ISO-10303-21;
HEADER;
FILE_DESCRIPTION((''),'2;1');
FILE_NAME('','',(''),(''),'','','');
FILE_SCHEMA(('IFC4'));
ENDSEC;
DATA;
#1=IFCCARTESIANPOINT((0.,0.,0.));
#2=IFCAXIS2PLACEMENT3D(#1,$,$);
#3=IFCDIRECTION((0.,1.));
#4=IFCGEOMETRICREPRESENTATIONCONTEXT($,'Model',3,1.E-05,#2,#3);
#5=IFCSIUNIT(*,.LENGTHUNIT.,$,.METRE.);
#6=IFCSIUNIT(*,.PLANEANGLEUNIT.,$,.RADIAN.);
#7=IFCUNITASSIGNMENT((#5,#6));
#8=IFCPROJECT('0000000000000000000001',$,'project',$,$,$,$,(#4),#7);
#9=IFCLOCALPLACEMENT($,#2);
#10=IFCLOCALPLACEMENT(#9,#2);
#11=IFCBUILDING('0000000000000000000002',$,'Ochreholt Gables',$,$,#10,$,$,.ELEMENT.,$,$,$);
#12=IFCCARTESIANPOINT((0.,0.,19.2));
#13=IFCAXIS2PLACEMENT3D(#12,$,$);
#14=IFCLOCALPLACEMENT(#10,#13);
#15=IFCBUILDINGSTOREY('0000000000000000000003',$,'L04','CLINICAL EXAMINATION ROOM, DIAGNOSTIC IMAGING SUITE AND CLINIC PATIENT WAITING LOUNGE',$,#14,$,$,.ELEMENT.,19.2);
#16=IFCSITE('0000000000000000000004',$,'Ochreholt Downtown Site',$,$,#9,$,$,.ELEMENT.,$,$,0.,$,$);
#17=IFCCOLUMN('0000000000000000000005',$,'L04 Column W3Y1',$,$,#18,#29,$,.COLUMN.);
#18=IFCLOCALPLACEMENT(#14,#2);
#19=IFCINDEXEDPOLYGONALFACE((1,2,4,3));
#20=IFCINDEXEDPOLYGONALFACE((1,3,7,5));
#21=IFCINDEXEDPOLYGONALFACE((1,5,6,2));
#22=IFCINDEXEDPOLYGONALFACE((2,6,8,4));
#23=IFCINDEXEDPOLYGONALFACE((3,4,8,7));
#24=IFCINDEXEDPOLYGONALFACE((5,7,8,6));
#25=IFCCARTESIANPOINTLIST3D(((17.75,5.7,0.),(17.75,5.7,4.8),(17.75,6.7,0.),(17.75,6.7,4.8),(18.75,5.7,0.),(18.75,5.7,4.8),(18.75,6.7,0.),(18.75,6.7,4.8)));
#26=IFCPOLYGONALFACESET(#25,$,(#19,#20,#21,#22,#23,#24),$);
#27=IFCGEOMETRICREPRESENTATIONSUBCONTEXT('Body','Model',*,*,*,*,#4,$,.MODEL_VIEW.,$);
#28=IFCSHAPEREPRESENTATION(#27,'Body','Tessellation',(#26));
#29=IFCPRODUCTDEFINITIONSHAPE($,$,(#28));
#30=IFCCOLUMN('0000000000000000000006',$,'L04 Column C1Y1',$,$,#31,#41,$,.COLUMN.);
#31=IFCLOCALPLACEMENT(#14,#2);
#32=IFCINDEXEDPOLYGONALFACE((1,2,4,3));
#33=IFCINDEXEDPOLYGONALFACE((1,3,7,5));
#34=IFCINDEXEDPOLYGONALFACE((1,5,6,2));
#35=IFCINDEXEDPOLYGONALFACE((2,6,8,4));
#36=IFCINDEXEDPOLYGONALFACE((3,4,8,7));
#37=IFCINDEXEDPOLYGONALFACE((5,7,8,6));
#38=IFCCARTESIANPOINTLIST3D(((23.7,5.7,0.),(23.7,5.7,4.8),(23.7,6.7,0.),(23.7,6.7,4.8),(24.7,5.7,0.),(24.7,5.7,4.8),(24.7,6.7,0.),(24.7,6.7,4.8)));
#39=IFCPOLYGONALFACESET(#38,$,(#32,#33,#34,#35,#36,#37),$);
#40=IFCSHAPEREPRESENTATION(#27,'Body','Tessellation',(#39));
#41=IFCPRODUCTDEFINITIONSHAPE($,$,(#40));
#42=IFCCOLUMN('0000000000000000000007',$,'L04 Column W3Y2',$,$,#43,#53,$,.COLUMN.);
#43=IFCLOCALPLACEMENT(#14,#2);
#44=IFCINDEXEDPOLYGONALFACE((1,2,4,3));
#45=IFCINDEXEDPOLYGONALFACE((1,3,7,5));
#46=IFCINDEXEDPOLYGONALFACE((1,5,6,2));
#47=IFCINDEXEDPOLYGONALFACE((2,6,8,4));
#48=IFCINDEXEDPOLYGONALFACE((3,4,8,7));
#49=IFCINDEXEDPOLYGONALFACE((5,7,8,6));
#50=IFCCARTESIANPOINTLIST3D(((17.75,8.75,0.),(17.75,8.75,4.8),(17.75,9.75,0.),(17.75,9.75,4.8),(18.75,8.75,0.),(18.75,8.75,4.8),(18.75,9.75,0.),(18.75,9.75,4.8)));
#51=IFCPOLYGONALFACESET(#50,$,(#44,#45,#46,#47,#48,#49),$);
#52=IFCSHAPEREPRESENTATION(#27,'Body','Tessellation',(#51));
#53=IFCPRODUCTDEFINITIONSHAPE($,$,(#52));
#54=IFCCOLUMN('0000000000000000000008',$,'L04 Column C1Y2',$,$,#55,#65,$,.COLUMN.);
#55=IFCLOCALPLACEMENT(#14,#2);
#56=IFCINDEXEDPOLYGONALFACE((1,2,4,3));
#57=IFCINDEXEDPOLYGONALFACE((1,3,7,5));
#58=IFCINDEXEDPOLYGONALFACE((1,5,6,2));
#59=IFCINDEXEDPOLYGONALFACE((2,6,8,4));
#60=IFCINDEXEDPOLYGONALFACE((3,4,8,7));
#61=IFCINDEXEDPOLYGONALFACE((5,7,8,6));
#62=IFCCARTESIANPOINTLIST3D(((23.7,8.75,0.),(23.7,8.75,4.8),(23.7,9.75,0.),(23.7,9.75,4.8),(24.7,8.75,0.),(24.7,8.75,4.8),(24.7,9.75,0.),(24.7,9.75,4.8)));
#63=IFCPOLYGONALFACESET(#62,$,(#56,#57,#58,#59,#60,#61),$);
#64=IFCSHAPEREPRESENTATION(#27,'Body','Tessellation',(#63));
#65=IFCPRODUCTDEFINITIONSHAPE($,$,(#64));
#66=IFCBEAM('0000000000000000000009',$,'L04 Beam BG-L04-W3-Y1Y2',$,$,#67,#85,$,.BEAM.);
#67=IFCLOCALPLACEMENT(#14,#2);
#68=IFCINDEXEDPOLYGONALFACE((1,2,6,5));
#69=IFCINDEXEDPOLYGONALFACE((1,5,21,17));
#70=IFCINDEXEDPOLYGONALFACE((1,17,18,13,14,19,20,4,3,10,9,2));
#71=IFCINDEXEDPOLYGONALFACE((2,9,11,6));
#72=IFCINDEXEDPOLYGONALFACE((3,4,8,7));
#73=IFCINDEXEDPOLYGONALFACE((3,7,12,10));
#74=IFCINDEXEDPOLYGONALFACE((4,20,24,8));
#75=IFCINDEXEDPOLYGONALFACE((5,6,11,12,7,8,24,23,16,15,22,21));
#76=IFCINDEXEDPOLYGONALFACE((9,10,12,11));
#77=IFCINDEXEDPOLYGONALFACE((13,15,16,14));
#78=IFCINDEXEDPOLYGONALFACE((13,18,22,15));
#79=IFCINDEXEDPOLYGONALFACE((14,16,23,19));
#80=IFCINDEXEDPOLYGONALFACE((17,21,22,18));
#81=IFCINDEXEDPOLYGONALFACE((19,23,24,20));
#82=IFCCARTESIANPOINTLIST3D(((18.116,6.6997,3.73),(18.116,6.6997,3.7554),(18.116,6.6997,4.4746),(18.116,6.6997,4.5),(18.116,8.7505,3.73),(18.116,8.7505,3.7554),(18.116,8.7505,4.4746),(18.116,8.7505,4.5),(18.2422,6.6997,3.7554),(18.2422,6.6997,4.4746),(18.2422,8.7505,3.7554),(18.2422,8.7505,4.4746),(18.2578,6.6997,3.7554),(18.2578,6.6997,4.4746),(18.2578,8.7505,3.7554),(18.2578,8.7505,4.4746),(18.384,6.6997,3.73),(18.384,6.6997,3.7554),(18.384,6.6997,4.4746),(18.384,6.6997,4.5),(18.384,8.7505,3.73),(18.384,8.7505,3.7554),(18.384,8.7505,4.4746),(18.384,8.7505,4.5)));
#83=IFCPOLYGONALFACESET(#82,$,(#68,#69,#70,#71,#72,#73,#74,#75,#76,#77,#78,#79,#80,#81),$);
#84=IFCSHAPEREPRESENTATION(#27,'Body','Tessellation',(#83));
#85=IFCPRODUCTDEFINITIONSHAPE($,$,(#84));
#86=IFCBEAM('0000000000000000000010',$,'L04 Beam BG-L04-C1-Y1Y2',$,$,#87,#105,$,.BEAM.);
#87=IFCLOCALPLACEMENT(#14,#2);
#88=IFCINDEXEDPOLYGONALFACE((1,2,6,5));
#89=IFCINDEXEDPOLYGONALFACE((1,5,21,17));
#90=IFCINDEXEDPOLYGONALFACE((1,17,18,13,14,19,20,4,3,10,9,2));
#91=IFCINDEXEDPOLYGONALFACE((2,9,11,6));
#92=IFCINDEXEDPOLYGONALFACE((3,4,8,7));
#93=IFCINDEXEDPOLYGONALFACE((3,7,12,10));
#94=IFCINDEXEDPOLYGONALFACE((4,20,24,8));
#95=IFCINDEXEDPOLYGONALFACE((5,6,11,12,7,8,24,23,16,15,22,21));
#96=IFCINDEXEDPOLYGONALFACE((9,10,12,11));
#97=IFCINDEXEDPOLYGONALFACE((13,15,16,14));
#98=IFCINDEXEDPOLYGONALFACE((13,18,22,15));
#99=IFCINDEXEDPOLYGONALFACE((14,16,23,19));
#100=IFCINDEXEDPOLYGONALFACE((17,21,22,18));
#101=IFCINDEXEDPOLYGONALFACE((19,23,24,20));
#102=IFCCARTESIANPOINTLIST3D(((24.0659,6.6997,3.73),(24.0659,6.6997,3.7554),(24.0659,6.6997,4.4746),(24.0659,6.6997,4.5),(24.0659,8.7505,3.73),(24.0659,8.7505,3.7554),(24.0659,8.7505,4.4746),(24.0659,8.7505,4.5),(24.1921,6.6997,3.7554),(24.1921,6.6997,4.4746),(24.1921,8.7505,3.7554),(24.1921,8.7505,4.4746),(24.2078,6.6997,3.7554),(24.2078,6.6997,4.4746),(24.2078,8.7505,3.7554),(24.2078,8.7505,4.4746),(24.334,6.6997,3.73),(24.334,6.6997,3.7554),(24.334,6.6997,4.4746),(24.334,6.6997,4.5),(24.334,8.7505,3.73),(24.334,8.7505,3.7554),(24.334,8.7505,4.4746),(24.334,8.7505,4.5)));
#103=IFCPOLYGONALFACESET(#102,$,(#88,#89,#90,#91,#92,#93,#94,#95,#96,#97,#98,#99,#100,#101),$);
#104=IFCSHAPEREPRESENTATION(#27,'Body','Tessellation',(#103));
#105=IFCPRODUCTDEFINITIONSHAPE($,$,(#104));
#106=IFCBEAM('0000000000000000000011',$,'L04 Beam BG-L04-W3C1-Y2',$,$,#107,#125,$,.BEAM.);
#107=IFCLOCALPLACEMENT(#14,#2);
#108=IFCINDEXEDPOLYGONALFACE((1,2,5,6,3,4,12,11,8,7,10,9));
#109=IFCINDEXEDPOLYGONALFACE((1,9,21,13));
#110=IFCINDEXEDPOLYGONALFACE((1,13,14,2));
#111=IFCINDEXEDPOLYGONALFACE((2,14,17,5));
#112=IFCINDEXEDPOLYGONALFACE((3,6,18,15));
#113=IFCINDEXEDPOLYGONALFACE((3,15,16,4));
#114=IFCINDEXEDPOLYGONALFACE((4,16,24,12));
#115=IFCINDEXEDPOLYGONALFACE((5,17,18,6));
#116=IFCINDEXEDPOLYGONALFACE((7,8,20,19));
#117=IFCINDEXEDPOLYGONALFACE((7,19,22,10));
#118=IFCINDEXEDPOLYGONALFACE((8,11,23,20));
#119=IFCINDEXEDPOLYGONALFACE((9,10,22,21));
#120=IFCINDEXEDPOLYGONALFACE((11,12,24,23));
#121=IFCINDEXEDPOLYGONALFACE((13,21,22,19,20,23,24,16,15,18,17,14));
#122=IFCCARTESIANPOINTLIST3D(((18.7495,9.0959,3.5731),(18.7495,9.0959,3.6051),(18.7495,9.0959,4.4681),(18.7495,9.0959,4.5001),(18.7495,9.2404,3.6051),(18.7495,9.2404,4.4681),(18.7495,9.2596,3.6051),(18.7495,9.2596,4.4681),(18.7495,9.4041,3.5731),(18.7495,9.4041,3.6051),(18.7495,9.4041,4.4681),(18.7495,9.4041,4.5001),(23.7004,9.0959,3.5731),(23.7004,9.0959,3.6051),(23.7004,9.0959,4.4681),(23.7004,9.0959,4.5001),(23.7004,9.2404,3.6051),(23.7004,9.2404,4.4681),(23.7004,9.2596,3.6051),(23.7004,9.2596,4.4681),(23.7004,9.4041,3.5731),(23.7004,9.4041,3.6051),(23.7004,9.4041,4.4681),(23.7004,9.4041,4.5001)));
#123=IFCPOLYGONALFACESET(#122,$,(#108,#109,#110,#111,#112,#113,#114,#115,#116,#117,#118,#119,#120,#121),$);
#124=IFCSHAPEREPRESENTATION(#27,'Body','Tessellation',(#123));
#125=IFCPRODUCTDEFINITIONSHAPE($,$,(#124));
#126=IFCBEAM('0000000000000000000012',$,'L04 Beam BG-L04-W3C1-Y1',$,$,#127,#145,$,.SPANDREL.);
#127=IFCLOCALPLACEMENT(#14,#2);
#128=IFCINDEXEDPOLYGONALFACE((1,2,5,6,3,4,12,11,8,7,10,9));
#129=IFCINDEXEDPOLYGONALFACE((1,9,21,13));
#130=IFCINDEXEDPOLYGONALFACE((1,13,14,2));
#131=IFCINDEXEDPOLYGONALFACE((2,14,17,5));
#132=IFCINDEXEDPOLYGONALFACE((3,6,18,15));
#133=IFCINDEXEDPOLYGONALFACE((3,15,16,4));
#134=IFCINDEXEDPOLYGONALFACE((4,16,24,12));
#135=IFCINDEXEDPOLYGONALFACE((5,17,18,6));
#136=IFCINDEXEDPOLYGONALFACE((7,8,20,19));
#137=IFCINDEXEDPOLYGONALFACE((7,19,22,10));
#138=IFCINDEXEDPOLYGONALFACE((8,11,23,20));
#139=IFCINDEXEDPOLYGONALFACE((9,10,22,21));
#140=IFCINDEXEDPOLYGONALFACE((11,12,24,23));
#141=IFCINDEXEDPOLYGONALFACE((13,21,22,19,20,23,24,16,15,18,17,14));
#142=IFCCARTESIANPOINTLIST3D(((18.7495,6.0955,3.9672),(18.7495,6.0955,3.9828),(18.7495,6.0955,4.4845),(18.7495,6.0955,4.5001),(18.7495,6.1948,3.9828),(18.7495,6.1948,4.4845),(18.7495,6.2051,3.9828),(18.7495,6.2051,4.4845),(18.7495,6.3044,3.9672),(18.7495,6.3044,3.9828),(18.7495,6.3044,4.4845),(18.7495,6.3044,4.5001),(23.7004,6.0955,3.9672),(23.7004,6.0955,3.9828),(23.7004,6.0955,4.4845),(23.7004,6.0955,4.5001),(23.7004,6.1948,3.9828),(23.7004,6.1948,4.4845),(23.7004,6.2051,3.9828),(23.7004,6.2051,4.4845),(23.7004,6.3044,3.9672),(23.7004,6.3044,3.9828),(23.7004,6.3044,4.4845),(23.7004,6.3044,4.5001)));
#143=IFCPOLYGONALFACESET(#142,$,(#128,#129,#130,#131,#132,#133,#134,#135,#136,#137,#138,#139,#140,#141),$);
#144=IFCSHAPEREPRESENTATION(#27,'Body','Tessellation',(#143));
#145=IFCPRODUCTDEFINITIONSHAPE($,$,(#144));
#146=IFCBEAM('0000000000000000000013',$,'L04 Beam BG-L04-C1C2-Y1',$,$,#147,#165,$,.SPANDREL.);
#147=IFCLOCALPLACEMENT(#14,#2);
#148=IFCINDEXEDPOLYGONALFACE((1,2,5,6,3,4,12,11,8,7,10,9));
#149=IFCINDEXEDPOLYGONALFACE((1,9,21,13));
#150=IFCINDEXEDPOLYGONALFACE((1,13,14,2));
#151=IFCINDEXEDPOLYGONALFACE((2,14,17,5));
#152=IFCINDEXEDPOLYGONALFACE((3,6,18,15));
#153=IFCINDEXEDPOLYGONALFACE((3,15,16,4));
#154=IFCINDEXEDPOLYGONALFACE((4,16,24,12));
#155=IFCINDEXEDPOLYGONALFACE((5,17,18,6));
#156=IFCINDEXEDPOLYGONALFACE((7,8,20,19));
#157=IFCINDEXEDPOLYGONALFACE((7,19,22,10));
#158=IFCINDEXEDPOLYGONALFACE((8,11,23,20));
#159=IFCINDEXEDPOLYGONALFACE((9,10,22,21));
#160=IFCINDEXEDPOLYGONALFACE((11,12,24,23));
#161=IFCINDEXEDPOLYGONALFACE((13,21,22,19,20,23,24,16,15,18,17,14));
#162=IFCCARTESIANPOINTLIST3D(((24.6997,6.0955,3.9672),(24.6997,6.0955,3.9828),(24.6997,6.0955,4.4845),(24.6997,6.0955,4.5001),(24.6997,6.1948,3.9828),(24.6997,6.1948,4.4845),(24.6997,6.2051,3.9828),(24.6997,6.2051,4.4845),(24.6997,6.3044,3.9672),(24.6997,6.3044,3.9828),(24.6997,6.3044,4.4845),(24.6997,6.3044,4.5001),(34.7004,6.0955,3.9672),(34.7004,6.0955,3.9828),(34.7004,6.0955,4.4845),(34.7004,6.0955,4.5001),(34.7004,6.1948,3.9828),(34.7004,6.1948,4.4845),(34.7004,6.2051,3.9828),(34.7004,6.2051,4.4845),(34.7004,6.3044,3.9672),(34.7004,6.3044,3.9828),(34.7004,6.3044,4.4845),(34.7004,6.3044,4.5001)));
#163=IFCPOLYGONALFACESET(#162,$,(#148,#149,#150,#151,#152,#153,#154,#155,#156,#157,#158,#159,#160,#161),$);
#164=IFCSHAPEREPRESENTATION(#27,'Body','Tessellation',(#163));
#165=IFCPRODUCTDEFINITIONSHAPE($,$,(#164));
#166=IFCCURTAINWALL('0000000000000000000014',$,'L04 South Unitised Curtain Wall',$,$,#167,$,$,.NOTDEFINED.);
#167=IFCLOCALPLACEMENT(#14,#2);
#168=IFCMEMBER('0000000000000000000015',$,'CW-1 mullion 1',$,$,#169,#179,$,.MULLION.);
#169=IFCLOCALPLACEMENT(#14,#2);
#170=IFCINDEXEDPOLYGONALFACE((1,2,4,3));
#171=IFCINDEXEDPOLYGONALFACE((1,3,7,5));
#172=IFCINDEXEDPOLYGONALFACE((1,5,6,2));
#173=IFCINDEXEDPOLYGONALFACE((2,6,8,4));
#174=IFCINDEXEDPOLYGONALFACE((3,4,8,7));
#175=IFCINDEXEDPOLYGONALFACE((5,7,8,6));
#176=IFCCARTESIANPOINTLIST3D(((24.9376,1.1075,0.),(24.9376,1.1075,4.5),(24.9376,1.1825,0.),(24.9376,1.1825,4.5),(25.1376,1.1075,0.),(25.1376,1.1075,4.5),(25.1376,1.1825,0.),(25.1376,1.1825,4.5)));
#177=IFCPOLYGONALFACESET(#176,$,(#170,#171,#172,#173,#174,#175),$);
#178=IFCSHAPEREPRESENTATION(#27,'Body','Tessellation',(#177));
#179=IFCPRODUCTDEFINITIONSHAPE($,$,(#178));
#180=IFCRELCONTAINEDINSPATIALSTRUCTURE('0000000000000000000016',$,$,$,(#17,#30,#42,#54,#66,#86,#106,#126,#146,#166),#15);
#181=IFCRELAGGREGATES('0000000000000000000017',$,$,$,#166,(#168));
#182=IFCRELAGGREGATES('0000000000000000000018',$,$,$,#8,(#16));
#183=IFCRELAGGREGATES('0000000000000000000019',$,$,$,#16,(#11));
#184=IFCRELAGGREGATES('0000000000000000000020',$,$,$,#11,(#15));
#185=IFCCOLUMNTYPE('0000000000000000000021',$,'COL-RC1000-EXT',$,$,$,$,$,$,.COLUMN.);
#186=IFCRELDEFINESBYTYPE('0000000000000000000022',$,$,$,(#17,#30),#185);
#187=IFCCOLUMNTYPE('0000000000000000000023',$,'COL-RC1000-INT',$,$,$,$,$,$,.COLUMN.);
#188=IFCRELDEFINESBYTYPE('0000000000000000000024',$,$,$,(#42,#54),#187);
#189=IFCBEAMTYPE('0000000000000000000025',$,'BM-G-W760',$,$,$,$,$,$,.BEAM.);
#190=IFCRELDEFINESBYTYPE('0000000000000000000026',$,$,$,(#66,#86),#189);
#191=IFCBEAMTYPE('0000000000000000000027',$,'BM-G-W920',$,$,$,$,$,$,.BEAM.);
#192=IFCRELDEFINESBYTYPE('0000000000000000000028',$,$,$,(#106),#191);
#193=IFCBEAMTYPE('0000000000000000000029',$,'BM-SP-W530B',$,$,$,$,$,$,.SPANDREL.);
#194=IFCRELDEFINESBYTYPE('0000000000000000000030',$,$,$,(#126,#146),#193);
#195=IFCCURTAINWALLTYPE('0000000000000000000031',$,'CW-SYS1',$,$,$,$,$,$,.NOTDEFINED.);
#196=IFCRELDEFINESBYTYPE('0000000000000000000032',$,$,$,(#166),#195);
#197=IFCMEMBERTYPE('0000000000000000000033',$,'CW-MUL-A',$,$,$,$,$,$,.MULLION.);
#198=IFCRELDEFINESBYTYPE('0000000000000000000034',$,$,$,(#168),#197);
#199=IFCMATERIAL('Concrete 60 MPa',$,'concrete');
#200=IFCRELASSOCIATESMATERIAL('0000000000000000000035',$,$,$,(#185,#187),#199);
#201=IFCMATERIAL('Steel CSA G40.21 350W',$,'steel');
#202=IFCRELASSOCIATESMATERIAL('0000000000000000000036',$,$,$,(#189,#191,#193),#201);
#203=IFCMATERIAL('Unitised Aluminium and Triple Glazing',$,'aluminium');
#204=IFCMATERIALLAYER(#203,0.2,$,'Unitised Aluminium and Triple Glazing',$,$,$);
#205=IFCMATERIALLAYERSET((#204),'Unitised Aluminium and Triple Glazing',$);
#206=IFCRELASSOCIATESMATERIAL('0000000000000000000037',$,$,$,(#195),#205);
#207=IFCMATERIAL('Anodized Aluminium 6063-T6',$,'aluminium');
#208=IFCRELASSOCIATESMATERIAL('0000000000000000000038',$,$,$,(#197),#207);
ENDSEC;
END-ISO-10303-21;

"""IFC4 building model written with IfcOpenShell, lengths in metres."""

from ifc_helpers import new_model, si_unit, direction, frame, origin, origin_2d, place, context, subcontext, project, spatial, rectangle, i_section, extrude, material, layer, layer_set, material_profile, profile_set, type_object, element, aggregate, save


model = new_model("IFC4")

# Units and contexts
model_context = context("Model", 3, precision=1e-05, world=origin(), true_north=direction((0.0, 1.0)))
body_context = subcontext(model_context, "Body", "Model", "MODEL_VIEW")
ifc_project = project(units=[si_unit("LENGTHUNIT", "METRE"), si_unit("PLANEANGLEUNIT", "RADIAN")], contexts=[model_context])

# Site, building, storey
site_placement = place(None, origin())
site = spatial("IfcSite", under=ifc_project, at=site_placement, Name="Ochreholt Downtown Site", CompositionType="ELEMENT", RefElevation=0.0)
building_placement = place(site_placement, origin())
building = spatial("IfcBuilding", under=site, at=building_placement, Name="Ochreholt Gables", CompositionType="ELEMENT")
storey_placement = place(building_placement, frame((0.0, 0.0, 19.2)))
storey = spatial("IfcBuildingStorey", under=building, at=storey_placement, Name="L04", Description="CLINICAL EXAMINATION ROOM, DIAGNOSTIC IMAGING SUITE AND CLINIC PATIENT WAITING LOUNGE", CompositionType="ELEMENT", Elevation=19.2)

# Columns
ifc_material_1 = material(Name="Concrete 60 MPa", Category="concrete")
ifc_material_profile_1 = material_profile(ifc_material_1, rectangle(XDim=1.0, YDim=1.0, at=origin_2d()), Name="RC1000X1000")
ifc_profile_set_1 = profile_set([ifc_material_profile_1], Name="Concrete 60 MPa")
column_type_1 = type_object("IfcColumnType", Name="COL-RC1000-EXT", PredefinedType="COLUMN", material=ifc_profile_set_1)
for number, where, z_axis, x_axis, name in (
    (1, (18.25, 6.2, 0.0), (0.0, 0.0, 1.0), (1.0, 0.0, 0.0), "L04 Column W3Y1"),
    (2, (24.2, 6.2, 0.0), (0.0, 0.0, 1.0), (1.0, 0.0, 0.0), "L04 Column C1Y1"),
):
    element("IfcColumn", number, at=place(storey_placement, frame(where, z_axis=z_axis, x_axis=x_axis)), inside=storey, type_object=column_type_1, Name=name, PredefinedType="COLUMN", context=body_context, shape_type="SweptSolid", body=[
        extrude(rectangle(XDim=1.0, YDim=1.0, at=origin_2d()), origin(), (0.0, 0.0, 1.0), 4.8),
    ])
ifc_material_profile_2 = material_profile(ifc_material_1, rectangle(XDim=1.0, YDim=1.0, at=origin_2d()), Name="RC1000X1000")
ifc_profile_set_2 = profile_set([ifc_material_profile_2], Name="Concrete 60 MPa")
column_type_2 = type_object("IfcColumnType", Name="COL-RC1000-INT", PredefinedType="COLUMN", material=ifc_profile_set_2)
for number, where, z_axis, x_axis, name in (
    (3, (18.25, 9.25, 0.0), (0.0, 0.0, 1.0), (1.0, 0.0, 0.0), "L04 Column W3Y2"),
    (4, (24.2, 9.25, 0.0), (0.0, 0.0, 1.0), (1.0, 0.0, 0.0), "L04 Column C1Y2"),
):
    element("IfcColumn", number, at=place(storey_placement, frame(where, z_axis=z_axis, x_axis=x_axis)), inside=storey, type_object=column_type_2, Name=name, PredefinedType="COLUMN", context=body_context, shape_type="SweptSolid", body=[
        extrude(rectangle(XDim=1.0, YDim=1.0, at=origin_2d()), origin(), (0.0, 0.0, 1.0), 4.8),
    ])

# Beams
ifc_material_2 = material(Name="Steel CSA G40.21 350W", Category="steel")
ifc_material_profile_3 = material_profile(ifc_material_2, i_section(OverallWidth=0.2681, OverallDepth=0.77, WebThickness=0.0156, FlangeThickness=0.0254, at=origin_2d()), Name="W760X196")
ifc_profile_set_3 = profile_set([ifc_material_profile_3], Name="Steel CSA G40.21 350W")
beam_type_1 = type_object("IfcBeamType", Name="BM-G-W760", PredefinedType="BEAM", material=ifc_profile_set_3)
for number, where, z_axis, x_axis, name in (
    (5, (18.25, 6.6997, 4.115), (0.0, 1.0, 0.0), (-1.0, 0.0, 0.0), "L04 Beam BG-L04-W3-Y1Y2"),
    (6, (24.2, 6.6997, 4.115), (0.0, 1.0, 0.0), (-1.0, 0.0, 0.0), "L04 Beam BG-L04-C1-Y1Y2"),
):
    element("IfcBeam", number, at=place(storey_placement, frame(where, z_axis=z_axis, x_axis=x_axis)), inside=storey, type_object=beam_type_1, Name=name, PredefinedType="BEAM", context=body_context, shape_type="SweptSolid", body=[
        extrude(i_section(OverallWidth=0.2681, OverallDepth=0.77, WebThickness=0.0156, FlangeThickness=0.0254, at=origin_2d()), origin(), (0.0, 0.0, 1.0), 2.0508),
    ])
ifc_material_profile_4 = material_profile(ifc_material_2, i_section(OverallWidth=0.3081, OverallDepth=0.927, WebThickness=0.0193, FlangeThickness=0.032, at=origin_2d()), Name="W920X289")
ifc_profile_set_4 = profile_set([ifc_material_profile_4], Name="Steel CSA G40.21 350W")
beam_type_2 = type_object("IfcBeamType", Name="BM-G-W920", PredefinedType="BEAM", material=ifc_profile_set_4)
beam_1_placement = place(storey_placement, frame((18.7495, 9.25, 4.0366), z_axis=(1.0, 0.0, 0.0), x_axis=(0.0, 1.0, 0.0)))
element("IfcBeam", 7, at=beam_1_placement, inside=storey, type_object=beam_type_2, Name="L04 Beam BG-L04-W3C1-Y2", PredefinedType="BEAM", context=body_context, shape_type="SweptSolid", body=[
    extrude(i_section(OverallWidth=0.3081, OverallDepth=0.927, WebThickness=0.0193, FlangeThickness=0.032, at=origin_2d()), origin(), (0.0, 0.0, 1.0), 4.9509),
])
ifc_material_profile_5 = material_profile(ifc_material_2, i_section(OverallWidth=0.209, OverallDepth=0.533, WebThickness=0.0103, FlangeThickness=0.0156, at=origin_2d()), Name="W530X92")
ifc_profile_set_5 = profile_set([ifc_material_profile_5], Name="Steel CSA G40.21 350W")
beam_type_3 = type_object("IfcBeamType", Name="BM-SP-W530B", PredefinedType="SPANDREL", material=ifc_profile_set_5)
beam_2_placement = place(storey_placement, frame((18.7495, 6.2, 4.2336), z_axis=(1.0, 0.0, 0.0), x_axis=(0.0, 1.0, 0.0)))
element("IfcBeam", 8, at=beam_2_placement, inside=storey, type_object=beam_type_3, Name="L04 Beam BG-L04-W3C1-Y1", PredefinedType="SPANDREL", context=body_context, shape_type="SweptSolid", body=[
    extrude(i_section(OverallWidth=0.209, OverallDepth=0.533, WebThickness=0.0103, FlangeThickness=0.0156, at=origin_2d()), origin(), (0.0, 0.0, 1.0), 4.9509),
])
beam_3_placement = place(storey_placement, frame((24.6997, 6.2, 4.2336), z_axis=(1.0, 0.0, 0.0), x_axis=(0.0, 1.0, 0.0)))
element("IfcBeam", 9, at=beam_3_placement, inside=storey, type_object=beam_type_3, Name="L04 Beam BG-L04-C1C2-Y1", PredefinedType="SPANDREL", context=body_context, shape_type="SweptSolid", body=[
    extrude(i_section(OverallWidth=0.209, OverallDepth=0.533, WebThickness=0.0103, FlangeThickness=0.0156, at=origin_2d()), origin(), (0.0, 0.0, 1.0), 10.0007),
])

# Curtain wall, member
ifc_material_3 = material(Name="Unitised Aluminium and Triple Glazing", Category="aluminium")
ifc_layer_1 = layer(ifc_material_3, 0.2, Name="Unitised Aluminium and Triple Glazing")
ifc_layer_set_1 = layer_set([ifc_layer_1], Name="Unitised Aluminium and Triple Glazing")
curtain_wall_type = type_object("IfcCurtainWallType", Name="CW-SYS1", PredefinedType="NOTDEFINED", material=ifc_layer_set_1)
curtain_wall_placement = place(storey_placement, origin())
curtain_wall = element("IfcCurtainWall", 10, at=curtain_wall_placement, inside=storey, type_object=curtain_wall_type, Name="L04 South Unitised Curtain Wall", PredefinedType="NOTDEFINED")
ifc_material_4 = material(Name="Anodized Aluminium 6063-T6", Category="aluminium")
ifc_material_profile_6 = material_profile(ifc_material_4, rectangle(XDim=0.075, YDim=0.2, at=origin_2d()), Name="CWM75X200")
ifc_profile_set_6 = profile_set([ifc_material_profile_6], Name="Anodized Aluminium 6063-T6")
member_type_1 = type_object("IfcMemberType", Name="CW-MUL-A", PredefinedType="MULLION", material=ifc_profile_set_6)
member_1_placement = place(storey_placement, frame((25.0376, 1.145, 0.0), z_axis=(0.0, 0.0, 1.0), x_axis=(0.0, 1.0, 0.0)))
member_1 = element("IfcMember", 11, at=member_1_placement, type_object=member_type_1, Name="CW-1 mullion 1", PredefinedType="MULLION", context=body_context, shape_type="SweptSolid", body=[
    extrude(rectangle(XDim=0.075, YDim=0.2, at=origin_2d()), origin(), (0.0, 0.0, 1.0), 4.5),
])
aggregate(curtain_wall, [member_1])

save(model, "model.ifc")
